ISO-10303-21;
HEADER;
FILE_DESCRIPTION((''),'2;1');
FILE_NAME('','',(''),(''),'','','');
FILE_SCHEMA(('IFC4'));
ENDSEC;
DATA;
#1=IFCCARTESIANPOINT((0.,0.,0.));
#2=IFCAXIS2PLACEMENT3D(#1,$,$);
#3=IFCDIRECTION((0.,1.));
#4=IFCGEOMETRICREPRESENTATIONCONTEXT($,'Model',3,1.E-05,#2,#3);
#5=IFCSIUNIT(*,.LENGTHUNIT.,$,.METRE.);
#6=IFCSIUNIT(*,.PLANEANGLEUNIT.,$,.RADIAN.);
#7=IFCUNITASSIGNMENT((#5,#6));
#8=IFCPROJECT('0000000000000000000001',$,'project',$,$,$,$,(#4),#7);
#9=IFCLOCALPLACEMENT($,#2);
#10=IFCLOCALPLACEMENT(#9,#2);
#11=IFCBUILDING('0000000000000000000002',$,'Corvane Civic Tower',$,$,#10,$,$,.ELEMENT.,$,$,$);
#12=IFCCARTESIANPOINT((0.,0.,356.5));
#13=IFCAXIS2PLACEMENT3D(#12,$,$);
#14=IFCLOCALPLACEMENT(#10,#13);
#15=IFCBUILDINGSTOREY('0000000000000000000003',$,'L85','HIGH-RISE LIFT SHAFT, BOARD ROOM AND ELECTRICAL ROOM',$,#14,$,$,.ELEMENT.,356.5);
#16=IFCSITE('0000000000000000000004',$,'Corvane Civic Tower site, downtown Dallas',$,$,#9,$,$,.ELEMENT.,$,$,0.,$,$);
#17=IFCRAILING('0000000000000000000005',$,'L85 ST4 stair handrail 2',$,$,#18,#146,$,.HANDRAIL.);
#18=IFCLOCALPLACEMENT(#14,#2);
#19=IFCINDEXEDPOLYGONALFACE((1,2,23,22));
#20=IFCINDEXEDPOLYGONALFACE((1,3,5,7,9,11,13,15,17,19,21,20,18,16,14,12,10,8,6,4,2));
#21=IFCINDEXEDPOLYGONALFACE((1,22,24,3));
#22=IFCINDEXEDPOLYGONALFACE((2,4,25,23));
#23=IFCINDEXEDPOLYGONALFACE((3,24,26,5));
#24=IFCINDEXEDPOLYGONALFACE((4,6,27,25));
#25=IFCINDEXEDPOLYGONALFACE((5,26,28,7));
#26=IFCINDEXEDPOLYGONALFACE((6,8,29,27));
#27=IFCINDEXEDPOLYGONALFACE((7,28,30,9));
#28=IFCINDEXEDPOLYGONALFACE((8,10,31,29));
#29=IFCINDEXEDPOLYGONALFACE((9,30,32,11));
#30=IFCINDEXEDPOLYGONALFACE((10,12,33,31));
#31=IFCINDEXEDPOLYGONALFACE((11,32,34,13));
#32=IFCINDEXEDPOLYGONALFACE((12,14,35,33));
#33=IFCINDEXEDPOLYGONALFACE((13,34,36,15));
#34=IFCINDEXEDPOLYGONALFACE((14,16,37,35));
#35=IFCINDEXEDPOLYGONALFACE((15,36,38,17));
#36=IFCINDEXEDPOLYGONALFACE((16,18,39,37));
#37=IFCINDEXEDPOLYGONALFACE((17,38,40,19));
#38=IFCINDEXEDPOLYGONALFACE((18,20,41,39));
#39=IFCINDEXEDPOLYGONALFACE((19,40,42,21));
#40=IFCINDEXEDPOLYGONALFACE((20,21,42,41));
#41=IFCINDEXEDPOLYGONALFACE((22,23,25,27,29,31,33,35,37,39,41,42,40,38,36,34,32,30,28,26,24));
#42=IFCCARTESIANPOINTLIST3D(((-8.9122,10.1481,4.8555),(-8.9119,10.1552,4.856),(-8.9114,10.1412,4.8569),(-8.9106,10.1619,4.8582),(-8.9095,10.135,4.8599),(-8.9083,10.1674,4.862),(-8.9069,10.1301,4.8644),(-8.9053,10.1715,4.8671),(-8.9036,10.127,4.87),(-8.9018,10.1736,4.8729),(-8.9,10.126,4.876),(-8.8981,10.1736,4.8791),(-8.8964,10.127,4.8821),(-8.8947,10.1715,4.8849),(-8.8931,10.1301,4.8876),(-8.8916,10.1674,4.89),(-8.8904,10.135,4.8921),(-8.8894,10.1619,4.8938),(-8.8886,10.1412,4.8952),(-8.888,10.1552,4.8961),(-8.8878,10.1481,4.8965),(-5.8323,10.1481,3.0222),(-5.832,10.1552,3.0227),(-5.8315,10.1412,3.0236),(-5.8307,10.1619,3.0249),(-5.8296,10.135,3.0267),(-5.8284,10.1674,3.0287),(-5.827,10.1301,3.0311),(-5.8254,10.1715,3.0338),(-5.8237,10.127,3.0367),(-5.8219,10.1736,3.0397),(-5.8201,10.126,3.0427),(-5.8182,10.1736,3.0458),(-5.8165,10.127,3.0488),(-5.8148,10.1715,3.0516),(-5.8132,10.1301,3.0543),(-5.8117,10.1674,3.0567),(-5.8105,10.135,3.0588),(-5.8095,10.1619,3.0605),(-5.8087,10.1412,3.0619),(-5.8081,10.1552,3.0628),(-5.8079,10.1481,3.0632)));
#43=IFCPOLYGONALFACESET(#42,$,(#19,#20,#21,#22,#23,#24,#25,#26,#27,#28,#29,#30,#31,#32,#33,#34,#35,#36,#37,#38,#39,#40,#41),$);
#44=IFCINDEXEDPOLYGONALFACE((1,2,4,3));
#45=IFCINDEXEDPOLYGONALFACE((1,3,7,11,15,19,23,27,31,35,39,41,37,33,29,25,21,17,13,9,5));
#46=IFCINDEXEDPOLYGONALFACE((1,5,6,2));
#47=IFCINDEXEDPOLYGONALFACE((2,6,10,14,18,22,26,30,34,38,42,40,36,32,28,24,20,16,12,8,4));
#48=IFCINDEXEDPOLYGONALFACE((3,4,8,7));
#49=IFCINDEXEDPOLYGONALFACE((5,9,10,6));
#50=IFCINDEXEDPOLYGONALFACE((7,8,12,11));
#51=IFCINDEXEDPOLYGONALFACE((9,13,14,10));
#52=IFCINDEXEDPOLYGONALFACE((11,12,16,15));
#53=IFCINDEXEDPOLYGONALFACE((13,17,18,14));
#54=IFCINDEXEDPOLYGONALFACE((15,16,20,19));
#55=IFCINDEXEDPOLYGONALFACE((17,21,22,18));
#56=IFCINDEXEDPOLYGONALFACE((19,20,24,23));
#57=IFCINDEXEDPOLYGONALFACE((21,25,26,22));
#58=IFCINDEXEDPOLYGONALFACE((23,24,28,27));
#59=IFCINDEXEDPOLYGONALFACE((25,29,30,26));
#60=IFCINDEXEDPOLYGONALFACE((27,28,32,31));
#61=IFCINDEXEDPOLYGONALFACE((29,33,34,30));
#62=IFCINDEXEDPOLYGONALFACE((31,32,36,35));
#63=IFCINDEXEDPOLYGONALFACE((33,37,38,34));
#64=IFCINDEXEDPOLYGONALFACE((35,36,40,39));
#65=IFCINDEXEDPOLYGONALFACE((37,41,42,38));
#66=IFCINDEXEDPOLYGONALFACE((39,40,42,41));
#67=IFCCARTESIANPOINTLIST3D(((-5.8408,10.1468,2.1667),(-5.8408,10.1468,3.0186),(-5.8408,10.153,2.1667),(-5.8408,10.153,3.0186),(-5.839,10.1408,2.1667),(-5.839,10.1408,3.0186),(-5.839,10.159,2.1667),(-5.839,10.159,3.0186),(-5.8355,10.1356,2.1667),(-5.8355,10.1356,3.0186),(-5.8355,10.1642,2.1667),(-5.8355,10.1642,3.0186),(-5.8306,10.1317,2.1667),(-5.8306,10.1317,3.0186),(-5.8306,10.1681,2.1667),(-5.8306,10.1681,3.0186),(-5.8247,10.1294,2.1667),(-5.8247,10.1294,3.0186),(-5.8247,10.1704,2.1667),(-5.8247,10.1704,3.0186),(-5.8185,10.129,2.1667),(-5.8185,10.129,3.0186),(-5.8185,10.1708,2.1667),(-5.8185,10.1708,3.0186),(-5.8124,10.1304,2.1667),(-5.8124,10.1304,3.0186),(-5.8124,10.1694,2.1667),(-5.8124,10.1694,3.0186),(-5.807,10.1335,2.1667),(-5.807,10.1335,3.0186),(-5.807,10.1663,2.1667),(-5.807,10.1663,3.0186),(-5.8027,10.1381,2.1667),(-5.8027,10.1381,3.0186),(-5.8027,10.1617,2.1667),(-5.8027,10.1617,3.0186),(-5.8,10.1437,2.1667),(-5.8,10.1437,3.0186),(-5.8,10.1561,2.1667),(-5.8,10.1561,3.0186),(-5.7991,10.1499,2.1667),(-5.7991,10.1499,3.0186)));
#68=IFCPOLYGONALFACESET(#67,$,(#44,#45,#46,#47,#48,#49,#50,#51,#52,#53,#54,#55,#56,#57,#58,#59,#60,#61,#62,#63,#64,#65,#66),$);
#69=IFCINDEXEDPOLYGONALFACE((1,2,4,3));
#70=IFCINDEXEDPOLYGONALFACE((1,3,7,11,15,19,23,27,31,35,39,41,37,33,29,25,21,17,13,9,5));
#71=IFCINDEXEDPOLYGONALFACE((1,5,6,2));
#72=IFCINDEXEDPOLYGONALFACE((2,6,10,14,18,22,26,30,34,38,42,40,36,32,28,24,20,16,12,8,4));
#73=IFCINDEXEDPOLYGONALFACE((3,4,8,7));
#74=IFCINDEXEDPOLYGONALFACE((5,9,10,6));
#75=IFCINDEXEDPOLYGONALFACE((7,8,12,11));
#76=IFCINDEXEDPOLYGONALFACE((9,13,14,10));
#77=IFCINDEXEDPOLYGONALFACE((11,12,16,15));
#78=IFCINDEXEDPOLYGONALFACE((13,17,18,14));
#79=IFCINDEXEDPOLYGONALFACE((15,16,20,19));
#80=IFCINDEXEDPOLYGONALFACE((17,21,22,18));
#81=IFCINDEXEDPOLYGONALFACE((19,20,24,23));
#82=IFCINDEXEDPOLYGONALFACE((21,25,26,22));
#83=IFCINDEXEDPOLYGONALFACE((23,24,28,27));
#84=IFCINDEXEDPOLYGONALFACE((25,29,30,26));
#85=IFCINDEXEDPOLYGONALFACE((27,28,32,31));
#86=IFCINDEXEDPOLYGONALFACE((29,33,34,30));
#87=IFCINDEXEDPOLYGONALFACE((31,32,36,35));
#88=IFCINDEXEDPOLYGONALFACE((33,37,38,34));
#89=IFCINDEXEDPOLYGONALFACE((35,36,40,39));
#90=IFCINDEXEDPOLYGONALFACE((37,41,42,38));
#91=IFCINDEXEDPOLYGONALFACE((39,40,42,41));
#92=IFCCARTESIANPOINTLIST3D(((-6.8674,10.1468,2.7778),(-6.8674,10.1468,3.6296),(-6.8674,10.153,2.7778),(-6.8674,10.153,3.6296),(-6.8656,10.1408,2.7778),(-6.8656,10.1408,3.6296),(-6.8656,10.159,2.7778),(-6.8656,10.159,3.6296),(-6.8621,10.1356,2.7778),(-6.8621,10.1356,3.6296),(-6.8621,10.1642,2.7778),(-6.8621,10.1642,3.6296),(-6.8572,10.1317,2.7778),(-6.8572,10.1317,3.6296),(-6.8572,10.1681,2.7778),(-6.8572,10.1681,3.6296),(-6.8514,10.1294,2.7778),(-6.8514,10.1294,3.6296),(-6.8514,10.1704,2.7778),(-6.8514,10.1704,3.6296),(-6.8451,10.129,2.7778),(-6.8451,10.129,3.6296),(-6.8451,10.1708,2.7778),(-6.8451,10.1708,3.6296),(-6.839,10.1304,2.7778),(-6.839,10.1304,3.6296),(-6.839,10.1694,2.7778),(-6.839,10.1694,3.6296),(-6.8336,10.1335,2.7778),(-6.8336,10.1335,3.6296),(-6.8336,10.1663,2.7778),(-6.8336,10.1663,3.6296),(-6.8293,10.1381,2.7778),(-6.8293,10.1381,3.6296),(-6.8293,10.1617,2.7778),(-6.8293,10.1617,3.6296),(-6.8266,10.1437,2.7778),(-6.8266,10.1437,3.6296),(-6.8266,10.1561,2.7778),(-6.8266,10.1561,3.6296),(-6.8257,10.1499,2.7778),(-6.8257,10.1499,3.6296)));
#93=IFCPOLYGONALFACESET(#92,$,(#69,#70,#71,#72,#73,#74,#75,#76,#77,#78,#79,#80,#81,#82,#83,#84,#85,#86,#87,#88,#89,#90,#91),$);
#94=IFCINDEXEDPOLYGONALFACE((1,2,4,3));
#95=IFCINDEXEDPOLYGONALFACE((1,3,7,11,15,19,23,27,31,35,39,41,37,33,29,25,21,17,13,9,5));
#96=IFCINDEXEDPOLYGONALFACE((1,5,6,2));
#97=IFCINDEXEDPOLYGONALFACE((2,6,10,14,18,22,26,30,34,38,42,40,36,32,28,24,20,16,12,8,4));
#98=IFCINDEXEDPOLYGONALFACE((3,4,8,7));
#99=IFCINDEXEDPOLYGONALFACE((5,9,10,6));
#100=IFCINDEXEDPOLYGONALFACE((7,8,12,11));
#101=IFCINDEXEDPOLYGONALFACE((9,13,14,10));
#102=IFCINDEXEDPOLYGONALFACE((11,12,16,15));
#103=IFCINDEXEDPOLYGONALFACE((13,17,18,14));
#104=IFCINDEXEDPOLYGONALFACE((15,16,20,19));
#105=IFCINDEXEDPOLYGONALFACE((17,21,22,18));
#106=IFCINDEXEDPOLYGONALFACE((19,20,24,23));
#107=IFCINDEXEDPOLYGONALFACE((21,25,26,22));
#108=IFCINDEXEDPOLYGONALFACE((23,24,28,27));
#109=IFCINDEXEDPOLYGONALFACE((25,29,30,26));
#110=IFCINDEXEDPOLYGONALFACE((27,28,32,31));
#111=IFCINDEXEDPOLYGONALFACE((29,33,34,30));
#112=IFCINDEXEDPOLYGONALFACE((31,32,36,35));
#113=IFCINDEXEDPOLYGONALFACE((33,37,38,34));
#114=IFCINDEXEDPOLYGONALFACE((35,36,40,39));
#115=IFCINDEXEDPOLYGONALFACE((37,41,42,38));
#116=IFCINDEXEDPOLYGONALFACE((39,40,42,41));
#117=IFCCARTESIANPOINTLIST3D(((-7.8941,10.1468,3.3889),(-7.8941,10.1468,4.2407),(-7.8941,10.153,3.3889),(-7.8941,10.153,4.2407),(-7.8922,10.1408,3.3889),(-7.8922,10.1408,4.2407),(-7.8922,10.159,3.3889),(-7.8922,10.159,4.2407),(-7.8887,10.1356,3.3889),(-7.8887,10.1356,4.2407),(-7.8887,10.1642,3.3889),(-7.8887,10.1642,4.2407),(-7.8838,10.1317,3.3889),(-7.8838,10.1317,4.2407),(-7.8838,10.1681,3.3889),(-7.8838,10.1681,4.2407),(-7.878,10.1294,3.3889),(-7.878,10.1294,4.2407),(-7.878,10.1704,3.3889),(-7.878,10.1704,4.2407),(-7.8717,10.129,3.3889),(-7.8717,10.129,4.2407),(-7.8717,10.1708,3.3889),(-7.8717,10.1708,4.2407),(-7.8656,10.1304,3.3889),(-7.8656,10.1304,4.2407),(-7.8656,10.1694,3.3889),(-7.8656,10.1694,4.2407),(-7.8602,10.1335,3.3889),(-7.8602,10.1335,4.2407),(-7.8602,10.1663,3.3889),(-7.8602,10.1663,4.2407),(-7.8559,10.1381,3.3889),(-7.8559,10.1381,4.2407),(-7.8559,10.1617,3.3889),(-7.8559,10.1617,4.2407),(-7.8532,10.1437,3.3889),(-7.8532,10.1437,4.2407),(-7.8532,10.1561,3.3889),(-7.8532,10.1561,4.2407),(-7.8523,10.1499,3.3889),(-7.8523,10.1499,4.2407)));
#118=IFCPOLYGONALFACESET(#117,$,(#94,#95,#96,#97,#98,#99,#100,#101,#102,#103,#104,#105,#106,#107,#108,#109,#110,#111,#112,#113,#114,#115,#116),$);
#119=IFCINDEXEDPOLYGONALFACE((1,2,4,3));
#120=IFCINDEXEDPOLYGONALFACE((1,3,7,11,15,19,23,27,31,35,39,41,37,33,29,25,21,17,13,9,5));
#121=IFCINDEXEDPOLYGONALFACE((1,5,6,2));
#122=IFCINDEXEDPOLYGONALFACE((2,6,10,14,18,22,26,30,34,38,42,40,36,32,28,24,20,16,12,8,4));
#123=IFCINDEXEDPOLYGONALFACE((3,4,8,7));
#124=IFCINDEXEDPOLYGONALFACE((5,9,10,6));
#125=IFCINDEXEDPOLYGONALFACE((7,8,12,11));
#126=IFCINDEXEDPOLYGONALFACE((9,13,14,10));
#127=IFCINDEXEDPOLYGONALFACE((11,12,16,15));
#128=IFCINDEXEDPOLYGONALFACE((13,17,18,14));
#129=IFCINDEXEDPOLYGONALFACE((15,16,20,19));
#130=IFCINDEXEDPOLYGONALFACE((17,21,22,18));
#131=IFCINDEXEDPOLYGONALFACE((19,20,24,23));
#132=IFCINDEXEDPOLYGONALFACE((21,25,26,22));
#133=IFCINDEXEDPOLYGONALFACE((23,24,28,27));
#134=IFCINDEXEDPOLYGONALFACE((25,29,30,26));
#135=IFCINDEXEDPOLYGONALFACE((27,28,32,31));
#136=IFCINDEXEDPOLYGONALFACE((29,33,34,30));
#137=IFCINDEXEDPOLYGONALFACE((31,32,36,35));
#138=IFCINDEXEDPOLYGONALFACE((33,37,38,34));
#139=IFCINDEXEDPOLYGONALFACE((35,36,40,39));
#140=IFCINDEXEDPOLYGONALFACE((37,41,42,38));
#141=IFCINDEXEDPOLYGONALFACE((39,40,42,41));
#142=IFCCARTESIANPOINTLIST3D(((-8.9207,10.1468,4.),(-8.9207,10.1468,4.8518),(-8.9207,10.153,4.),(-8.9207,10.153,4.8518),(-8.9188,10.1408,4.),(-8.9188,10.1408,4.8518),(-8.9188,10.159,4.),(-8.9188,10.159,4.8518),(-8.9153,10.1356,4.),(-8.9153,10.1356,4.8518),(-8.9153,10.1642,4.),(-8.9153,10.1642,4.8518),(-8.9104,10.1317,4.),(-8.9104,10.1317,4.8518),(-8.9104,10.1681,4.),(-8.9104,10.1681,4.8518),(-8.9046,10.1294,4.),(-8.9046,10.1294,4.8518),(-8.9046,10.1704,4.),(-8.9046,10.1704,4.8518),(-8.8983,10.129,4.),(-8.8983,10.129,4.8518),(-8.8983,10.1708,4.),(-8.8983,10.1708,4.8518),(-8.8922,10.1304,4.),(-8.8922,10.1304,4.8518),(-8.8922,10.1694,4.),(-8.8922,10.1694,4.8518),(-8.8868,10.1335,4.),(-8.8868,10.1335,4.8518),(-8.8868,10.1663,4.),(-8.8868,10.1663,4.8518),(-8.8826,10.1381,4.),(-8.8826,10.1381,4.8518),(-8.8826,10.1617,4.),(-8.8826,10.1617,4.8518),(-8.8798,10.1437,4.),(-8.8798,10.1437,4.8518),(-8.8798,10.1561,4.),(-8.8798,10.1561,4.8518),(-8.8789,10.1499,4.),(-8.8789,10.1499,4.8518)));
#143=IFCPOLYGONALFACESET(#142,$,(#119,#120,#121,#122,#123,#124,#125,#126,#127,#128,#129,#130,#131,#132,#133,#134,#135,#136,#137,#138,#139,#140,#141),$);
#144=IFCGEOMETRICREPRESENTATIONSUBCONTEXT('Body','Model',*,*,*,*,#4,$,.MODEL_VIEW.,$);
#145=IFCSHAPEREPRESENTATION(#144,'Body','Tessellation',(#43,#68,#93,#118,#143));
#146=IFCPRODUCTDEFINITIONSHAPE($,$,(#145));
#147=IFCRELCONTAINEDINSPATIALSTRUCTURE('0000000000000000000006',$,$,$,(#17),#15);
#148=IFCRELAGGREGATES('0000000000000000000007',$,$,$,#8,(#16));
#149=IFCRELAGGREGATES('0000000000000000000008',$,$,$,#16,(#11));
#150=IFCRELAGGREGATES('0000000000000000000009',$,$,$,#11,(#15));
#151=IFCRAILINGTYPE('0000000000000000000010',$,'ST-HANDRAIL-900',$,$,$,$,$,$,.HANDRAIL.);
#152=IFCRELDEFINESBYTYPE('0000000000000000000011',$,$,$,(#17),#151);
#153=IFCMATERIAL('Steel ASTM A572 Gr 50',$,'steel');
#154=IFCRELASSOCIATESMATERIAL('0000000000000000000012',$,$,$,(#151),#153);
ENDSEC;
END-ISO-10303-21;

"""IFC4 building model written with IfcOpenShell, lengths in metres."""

from ifc_helpers import new_model, si_unit, direction, frame, origin, origin_2d, place, context, subcontext, project, spatial, circle, extrude, material, type_object, element, save


model = new_model("IFC4")

# Units and contexts
model_context = context("Model", 3, precision=1e-05, world=origin(), true_north=direction((0.0, 1.0)))
body_context = subcontext(model_context, "Body", "Model", "MODEL_VIEW")
ifc_project = project(units=[si_unit("LENGTHUNIT", "METRE"), si_unit("PLANEANGLEUNIT", "RADIAN")], contexts=[model_context])

# Site, building, storey
site_placement = place(None, origin())
site = spatial("IfcSite", under=ifc_project, at=site_placement, Name="Corvane Civic Tower site, downtown Dallas", CompositionType="ELEMENT", RefElevation=0.0)
building_placement = place(site_placement, origin())
building = spatial("IfcBuilding", under=site, at=building_placement, Name="Corvane Civic Tower", CompositionType="ELEMENT")
storey_placement = place(building_placement, frame((0.0, 0.0, 356.5)))
storey = spatial("IfcBuildingStorey", under=building, at=storey_placement, Name="L85", Description="HIGH-RISE LIFT SHAFT, BOARD ROOM AND ELECTRICAL ROOM", CompositionType="ELEMENT", Elevation=356.5)

# Railing
ifc_material_1 = material(Name="Steel ASTM A572 Gr 50", Category="steel")
railing_type_1 = type_object("IfcRailingType", Name="ST-HANDRAIL-900", PredefinedType="HANDRAIL", material=ifc_material_1)
railing_1_placement = place(storey_placement, frame((-5.8201, 10.1499, 2.1667)))
element("IfcRailing", 1, at=railing_1_placement, inside=storey, type_object=railing_type_1, Name="L85 ST4 stair handrail 2", PredefinedType="HANDRAIL", context=body_context, shape_type="SweptSolid", body=[
    extrude(circle(Radius=0.0239, at=origin_2d()), frame((0.0, 0.0, 0.876), z_axis=(-0.859291, 0.0, 0.511487), x_axis=(0.0, -1.0, 0.0)), (0.0, 0.0, 1.0), 3.5842),
    extrude(circle(Radius=0.021, at=origin_2d()), origin(), (0.0, 0.0, 1.0), 0.8518),
    extrude(circle(Radius=0.021, at=origin_2d()), frame((-1.0266, 0.0, 0.6111)), (0.0, 0.0, 1.0), 0.8518),
    extrude(circle(Radius=0.021, at=origin_2d()), frame((-2.0532, 0.0, 1.2222)), (0.0, 0.0, 1.0), 0.8518),
    extrude(circle(Radius=0.021, at=origin_2d()), frame((-3.0798, 0.0, 1.8333)), (0.0, 0.0, 1.0), 0.8518),
])

save(model, "model.ifc")
